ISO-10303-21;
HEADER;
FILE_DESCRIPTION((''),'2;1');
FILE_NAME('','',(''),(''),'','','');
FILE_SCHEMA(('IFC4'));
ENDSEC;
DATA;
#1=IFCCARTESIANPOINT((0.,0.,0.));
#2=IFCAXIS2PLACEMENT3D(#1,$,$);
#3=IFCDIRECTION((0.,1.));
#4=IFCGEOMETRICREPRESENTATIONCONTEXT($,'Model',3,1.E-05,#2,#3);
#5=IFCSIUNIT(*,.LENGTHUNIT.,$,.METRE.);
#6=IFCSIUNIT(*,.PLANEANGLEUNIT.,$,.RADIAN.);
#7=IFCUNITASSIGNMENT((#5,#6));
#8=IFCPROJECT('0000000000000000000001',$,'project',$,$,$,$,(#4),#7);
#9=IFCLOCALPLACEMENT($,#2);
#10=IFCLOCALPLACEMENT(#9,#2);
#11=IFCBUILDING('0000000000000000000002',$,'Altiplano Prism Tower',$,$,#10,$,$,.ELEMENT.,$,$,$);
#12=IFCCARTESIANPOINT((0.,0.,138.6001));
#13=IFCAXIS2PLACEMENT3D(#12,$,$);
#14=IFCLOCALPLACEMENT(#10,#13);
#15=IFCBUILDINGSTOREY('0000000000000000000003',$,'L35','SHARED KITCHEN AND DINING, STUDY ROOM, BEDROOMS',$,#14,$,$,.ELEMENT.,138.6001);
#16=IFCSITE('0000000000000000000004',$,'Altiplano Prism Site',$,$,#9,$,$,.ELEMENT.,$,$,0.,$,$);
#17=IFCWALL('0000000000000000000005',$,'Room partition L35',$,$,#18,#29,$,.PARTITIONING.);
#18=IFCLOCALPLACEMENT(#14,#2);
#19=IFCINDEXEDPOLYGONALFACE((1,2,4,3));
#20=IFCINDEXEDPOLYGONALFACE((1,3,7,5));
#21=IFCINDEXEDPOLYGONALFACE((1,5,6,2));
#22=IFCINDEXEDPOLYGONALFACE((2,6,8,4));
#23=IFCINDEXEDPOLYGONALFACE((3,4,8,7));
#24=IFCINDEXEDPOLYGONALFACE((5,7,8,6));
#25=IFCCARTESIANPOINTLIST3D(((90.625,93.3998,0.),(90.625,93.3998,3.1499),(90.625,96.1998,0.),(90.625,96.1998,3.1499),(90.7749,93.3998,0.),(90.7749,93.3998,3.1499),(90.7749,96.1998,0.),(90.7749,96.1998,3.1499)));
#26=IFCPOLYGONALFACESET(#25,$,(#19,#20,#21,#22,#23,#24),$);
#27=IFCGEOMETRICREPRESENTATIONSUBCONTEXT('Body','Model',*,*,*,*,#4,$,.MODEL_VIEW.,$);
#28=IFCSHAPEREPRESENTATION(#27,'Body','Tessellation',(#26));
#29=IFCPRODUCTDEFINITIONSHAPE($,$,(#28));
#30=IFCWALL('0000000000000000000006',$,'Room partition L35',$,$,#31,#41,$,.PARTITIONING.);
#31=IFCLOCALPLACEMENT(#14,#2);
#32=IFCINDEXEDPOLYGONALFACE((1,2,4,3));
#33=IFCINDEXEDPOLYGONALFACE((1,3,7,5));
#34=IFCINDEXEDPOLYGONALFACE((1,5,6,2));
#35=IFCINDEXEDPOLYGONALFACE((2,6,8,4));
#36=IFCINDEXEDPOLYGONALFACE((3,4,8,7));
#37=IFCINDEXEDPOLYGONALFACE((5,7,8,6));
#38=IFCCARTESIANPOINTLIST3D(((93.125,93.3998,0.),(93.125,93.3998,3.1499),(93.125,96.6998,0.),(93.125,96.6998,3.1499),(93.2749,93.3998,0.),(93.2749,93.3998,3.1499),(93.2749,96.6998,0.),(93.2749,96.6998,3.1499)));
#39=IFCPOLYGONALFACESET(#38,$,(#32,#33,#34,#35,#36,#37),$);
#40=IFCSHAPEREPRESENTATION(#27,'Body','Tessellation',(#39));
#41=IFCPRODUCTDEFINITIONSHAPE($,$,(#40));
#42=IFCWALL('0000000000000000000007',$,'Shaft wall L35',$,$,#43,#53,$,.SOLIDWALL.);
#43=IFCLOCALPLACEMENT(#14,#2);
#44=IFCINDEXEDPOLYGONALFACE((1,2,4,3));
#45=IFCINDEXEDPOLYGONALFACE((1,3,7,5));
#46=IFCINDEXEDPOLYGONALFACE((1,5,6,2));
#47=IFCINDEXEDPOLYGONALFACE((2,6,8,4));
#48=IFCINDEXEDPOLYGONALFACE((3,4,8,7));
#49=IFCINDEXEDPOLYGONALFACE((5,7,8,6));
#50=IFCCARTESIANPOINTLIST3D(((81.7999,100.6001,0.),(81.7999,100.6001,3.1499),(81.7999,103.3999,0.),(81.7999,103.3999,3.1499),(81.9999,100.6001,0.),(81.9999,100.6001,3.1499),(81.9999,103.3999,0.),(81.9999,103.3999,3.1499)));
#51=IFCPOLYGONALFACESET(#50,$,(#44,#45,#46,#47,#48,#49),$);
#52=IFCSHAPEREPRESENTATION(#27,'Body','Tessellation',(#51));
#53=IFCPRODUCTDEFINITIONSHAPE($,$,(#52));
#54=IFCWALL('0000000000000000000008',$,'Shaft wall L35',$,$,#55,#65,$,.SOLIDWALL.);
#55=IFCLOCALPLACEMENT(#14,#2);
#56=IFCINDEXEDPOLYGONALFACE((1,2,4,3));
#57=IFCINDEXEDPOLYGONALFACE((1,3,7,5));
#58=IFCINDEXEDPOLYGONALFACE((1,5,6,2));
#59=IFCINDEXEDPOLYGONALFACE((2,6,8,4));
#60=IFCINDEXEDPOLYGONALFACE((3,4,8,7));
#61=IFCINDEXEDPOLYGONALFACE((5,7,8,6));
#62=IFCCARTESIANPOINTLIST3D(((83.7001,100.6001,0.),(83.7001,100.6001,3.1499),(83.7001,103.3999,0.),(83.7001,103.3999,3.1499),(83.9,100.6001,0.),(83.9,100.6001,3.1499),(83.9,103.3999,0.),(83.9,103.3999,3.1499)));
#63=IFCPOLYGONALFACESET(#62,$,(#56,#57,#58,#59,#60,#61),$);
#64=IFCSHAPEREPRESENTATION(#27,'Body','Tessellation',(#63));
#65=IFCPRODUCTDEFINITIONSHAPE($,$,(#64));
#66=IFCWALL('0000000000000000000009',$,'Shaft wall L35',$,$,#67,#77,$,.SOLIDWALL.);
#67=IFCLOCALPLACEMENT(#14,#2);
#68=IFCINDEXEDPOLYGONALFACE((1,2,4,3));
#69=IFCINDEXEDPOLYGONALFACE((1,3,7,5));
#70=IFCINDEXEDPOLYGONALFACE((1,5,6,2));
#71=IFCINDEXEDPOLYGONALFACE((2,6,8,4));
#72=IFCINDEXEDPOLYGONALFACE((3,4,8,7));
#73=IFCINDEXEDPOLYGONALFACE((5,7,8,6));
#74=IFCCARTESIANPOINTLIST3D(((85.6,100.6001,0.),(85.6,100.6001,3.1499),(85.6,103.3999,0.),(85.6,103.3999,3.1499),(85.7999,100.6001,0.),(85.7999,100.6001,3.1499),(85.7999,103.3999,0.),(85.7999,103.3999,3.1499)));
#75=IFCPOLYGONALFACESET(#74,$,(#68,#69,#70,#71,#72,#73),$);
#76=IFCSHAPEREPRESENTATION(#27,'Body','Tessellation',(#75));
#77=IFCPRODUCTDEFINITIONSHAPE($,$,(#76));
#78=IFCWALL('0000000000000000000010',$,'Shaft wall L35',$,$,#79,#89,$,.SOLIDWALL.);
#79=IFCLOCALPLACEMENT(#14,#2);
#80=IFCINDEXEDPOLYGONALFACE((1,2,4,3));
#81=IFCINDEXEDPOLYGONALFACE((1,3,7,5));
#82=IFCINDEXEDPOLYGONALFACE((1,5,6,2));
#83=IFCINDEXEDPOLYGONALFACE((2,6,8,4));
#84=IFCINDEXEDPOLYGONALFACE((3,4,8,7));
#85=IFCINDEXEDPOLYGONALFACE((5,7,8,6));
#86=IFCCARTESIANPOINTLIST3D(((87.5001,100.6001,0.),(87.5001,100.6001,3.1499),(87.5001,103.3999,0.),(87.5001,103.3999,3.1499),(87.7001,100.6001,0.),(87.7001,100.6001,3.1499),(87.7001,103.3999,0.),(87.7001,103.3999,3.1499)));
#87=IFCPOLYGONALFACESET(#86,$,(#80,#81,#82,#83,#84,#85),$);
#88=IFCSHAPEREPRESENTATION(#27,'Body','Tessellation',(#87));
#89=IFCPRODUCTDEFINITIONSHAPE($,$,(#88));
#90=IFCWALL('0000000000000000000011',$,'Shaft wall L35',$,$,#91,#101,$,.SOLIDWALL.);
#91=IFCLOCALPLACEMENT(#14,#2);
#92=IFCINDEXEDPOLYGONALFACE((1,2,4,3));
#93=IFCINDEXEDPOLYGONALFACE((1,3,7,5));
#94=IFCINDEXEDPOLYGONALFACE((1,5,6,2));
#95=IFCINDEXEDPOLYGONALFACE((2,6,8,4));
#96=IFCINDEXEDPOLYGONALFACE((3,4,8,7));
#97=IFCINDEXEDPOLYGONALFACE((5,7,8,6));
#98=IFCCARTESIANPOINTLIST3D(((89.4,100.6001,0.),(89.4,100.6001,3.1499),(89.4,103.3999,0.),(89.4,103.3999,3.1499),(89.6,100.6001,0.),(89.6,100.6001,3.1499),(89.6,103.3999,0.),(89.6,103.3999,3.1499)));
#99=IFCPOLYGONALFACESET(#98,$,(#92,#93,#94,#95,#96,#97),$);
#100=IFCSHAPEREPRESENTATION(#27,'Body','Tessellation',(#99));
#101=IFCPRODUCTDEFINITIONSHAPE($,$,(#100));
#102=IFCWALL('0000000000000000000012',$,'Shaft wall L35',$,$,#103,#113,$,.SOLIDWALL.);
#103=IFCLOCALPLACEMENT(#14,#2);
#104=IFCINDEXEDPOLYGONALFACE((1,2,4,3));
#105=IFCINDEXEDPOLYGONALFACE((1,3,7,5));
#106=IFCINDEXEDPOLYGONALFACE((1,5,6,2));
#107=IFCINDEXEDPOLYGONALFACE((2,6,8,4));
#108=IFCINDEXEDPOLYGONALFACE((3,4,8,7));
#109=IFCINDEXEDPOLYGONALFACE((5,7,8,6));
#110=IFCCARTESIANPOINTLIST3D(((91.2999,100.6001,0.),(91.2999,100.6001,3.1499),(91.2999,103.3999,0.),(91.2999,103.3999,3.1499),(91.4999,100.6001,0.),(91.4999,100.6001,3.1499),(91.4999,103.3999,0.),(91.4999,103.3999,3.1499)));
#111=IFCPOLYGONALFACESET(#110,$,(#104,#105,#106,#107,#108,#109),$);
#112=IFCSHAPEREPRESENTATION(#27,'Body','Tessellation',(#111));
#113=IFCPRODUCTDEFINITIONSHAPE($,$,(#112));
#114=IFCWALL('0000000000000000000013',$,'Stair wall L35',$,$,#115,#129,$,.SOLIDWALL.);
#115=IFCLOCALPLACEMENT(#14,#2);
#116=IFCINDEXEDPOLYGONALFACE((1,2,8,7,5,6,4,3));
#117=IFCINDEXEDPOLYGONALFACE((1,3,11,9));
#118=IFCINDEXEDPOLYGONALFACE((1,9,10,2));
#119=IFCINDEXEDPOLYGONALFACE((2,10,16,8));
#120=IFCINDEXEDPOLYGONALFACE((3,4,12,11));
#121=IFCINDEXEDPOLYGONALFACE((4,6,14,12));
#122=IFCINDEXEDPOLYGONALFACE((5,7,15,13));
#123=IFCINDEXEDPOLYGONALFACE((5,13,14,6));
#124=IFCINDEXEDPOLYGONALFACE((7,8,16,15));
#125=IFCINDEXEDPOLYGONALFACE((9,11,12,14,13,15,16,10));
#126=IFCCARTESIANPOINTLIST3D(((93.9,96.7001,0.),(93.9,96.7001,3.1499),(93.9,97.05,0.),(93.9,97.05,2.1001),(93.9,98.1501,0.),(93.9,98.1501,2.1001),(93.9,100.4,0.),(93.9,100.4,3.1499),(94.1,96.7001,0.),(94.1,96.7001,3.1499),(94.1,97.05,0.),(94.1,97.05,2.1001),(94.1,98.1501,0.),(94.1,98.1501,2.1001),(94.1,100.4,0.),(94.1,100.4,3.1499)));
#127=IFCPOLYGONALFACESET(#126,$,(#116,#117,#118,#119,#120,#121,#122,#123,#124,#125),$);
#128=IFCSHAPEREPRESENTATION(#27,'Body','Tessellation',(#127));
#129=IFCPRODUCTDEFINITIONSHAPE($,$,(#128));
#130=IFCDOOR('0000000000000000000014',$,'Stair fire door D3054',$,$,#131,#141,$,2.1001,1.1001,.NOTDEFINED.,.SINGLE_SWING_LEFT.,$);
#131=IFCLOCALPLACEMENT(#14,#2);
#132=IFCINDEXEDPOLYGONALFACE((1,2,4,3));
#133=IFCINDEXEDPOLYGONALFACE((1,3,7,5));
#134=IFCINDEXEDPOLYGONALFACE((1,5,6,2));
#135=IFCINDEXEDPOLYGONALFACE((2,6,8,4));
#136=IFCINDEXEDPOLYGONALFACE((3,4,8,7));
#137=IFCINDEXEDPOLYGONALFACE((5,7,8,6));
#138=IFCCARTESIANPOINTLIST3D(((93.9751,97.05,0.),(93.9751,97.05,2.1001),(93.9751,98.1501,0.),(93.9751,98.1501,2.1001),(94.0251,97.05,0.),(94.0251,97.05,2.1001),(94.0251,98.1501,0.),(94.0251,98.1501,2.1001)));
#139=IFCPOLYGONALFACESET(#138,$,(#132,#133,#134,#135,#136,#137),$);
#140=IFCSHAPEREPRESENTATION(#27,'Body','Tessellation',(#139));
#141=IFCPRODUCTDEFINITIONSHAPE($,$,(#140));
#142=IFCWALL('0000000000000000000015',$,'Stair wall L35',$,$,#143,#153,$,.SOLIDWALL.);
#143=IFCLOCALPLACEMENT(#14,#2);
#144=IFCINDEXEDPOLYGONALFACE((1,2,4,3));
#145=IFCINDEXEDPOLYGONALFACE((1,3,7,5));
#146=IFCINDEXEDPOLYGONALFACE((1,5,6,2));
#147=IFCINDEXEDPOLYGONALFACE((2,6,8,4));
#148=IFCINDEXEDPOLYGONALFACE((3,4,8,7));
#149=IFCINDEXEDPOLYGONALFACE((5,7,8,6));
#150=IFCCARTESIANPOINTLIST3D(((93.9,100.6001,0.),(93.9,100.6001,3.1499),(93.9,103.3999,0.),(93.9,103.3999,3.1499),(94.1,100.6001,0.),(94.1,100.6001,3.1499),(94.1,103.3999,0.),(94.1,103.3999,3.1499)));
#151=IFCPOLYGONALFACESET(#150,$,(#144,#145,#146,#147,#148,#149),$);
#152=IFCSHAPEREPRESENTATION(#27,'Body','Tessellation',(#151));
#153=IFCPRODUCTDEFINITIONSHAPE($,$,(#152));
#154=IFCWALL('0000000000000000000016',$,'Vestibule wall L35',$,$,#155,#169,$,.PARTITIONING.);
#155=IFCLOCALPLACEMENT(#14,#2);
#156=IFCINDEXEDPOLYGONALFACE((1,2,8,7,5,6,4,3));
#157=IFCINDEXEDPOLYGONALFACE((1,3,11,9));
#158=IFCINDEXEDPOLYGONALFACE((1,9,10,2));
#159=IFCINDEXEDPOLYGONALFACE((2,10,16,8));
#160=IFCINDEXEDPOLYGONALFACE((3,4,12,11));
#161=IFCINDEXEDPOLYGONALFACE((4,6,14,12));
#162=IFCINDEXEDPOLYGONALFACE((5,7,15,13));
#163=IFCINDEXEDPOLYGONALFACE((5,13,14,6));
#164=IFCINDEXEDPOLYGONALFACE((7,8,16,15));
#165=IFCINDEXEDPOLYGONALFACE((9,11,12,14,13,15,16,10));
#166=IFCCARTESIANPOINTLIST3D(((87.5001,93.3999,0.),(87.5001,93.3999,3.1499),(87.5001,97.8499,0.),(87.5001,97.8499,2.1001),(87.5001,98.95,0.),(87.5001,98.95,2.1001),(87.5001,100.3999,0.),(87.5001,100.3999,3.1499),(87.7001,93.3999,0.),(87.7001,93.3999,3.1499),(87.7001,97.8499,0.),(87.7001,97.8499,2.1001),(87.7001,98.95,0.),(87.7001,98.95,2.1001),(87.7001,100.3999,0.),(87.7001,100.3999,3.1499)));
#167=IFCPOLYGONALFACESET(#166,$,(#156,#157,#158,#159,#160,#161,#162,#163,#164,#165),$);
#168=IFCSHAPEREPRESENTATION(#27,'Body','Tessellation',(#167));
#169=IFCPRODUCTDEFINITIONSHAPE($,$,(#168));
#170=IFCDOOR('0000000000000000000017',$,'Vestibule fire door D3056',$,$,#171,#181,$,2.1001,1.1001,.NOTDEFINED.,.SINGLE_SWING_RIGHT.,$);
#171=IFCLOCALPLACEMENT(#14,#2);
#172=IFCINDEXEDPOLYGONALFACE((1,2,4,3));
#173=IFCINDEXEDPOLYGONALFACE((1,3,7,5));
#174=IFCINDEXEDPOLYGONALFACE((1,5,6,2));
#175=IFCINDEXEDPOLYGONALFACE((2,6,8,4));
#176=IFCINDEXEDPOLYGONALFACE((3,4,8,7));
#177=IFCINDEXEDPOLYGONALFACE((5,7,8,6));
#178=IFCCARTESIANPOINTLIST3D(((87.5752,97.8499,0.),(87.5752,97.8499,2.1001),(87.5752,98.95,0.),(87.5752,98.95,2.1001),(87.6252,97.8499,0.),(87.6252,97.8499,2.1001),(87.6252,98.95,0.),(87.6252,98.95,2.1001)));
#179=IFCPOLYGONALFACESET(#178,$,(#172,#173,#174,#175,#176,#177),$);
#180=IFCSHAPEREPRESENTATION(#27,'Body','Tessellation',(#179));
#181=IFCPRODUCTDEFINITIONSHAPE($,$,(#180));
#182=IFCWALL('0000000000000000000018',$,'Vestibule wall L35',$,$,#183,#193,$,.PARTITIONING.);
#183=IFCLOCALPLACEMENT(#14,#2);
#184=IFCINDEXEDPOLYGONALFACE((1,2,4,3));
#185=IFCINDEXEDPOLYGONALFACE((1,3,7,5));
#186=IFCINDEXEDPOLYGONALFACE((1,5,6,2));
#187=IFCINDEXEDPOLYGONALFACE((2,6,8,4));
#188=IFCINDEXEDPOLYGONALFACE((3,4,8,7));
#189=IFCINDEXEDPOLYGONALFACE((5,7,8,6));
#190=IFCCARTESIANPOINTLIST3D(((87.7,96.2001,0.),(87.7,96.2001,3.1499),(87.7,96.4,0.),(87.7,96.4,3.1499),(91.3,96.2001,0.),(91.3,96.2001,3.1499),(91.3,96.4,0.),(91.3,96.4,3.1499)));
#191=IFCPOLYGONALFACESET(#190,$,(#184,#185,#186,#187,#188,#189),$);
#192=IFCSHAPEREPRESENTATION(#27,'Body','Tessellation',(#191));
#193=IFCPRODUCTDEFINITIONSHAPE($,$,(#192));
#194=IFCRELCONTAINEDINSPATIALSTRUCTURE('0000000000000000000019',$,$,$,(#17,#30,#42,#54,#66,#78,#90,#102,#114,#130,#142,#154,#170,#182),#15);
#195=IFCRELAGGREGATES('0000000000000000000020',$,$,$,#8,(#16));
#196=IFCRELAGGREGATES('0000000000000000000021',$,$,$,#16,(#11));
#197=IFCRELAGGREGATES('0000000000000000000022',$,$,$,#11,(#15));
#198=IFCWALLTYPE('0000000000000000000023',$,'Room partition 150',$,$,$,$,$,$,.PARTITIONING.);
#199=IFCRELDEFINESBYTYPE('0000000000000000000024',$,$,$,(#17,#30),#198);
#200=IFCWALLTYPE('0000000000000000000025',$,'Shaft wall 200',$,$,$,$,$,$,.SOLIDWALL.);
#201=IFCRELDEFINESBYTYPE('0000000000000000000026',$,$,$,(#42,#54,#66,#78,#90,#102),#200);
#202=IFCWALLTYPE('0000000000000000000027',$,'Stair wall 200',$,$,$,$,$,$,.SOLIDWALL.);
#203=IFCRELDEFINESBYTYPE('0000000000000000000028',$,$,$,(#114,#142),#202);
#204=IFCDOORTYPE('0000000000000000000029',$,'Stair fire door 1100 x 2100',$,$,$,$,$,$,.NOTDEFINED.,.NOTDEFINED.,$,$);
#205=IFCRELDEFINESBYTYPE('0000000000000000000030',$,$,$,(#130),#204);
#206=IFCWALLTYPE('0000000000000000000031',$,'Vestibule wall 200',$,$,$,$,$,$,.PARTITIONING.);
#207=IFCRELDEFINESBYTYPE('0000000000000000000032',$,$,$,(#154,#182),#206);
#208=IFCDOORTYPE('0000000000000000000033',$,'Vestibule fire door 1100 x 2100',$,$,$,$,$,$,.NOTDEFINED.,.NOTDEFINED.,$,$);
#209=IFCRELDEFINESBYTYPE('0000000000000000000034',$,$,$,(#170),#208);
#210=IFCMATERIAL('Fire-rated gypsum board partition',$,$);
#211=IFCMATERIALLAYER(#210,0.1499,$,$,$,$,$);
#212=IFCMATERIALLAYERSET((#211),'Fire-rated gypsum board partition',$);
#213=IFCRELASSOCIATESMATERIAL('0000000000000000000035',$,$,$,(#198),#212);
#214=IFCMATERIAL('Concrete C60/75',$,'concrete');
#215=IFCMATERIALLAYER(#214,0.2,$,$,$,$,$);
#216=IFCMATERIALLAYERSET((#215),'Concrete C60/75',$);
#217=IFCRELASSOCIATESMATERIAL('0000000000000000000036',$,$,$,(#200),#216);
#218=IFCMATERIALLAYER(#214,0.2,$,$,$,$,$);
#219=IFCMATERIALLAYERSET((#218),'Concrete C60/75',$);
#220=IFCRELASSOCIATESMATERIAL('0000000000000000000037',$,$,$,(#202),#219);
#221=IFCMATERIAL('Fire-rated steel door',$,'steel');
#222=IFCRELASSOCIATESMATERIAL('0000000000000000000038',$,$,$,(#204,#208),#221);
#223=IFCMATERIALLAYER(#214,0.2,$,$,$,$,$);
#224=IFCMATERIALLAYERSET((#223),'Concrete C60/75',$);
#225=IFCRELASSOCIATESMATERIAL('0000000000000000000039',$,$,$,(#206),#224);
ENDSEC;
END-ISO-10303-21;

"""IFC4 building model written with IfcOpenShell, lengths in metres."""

from ifc_helpers import new_model, si_unit, direction, frame, frame_2d, origin, place, context, subcontext, project, spatial, rectangle, extrude, material, layer, layer_set, type_object, element, fill, save


model = new_model("IFC4")

# Units and contexts
model_context = context("Model", 3, precision=1e-05, world=origin(), true_north=direction((0.0, 1.0)))
body_context = subcontext(model_context, "Body", "Model", "MODEL_VIEW")
ifc_project = project(units=[si_unit("LENGTHUNIT", "METRE"), si_unit("PLANEANGLEUNIT", "RADIAN")], contexts=[model_context])

# Site, building, storey
site_placement = place(None, origin())
site = spatial("IfcSite", under=ifc_project, at=site_placement, Name="Altiplano Prism Site", CompositionType="ELEMENT", RefElevation=0.0)
building_placement = place(site_placement, origin())
building = spatial("IfcBuilding", under=site, at=building_placement, Name="Altiplano Prism Tower", CompositionType="ELEMENT")
storey_placement = place(building_placement, frame((0.0, 0.0, 138.6001)))
storey = spatial("IfcBuildingStorey", under=building, at=storey_placement, Name="L35", Description="SHARED KITCHEN AND DINING, STUDY ROOM, BEDROOMS", CompositionType="ELEMENT", Elevation=138.6001)

# Walls
ifc_material_1 = material(Name="Fire-rated gypsum board partition")
ifc_layer_1 = layer(ifc_material_1, 0.1499)
ifc_layer_set_1 = layer_set([ifc_layer_1], Name="Fire-rated gypsum board partition")
wall_type_1 = type_object("IfcWallType", Name="Room partition 150", PredefinedType="PARTITIONING", material=ifc_layer_set_1)
wall_1_placement = place(storey_placement, frame((90.7, 93.3999, 0.0), z_axis=(0.0, 0.0, 1.0), x_axis=(0.0, 1.0, 0.0)))
element("IfcWall", 1, at=wall_1_placement, inside=storey, type_object=wall_type_1, Name="Room partition L35", PredefinedType="PARTITIONING", context=body_context, shape_type="SweptSolid", body=[
    extrude(rectangle(XDim=2.8, YDim=0.1499, at=frame_2d((1.3999, 0.0))), origin(), (0.0, 0.0, 1.0), 3.1499),
])
wall_2_placement = place(storey_placement, frame((93.2, 93.3999, 0.0), z_axis=(0.0, 0.0, 1.0), x_axis=(0.0, 1.0, 0.0)))
element("IfcWall", 2, at=wall_2_placement, inside=storey, type_object=wall_type_1, Name="Room partition L35", PredefinedType="PARTITIONING", context=body_context, shape_type="SweptSolid", body=[
    extrude(rectangle(XDim=3.3, YDim=0.1499, at=frame_2d((1.6499, 0.0))), origin(), (0.0, 0.0, 1.0), 3.1499),
])
ifc_material_2 = material(Name="Concrete C60/75", Category="concrete")
ifc_layer_2 = layer(ifc_material_2, 0.2)
ifc_layer_set_2 = layer_set([ifc_layer_2], Name="Concrete C60/75")
wall_type_2 = type_object("IfcWallType", Name="Shaft wall 200", PredefinedType="SOLIDWALL", material=ifc_layer_set_2)
for number, where, z_axis, x_axis, name in (
    (3, (81.8999, 100.6001, 0.0), (0.0, 0.0, 1.0), (0.0, 1.0, 0.0), "Shaft wall L35"),
    (4, (83.8, 100.6001, 0.0), (0.0, 0.0, 1.0), (0.0, 1.0, 0.0), "Shaft wall L35"),
    (5, (85.7, 100.6001, 0.0), (0.0, 0.0, 1.0), (0.0, 1.0, 0.0), "Shaft wall L35"),
    (6, (87.6001, 100.6001, 0.0), (0.0, 0.0, 1.0), (0.0, 1.0, 0.0), "Shaft wall L35"),
    (7, (89.5, 100.6001, 0.0), (0.0, 0.0, 1.0), (0.0, 1.0, 0.0), "Shaft wall L35"),
    (8, (91.3999, 100.6001, 0.0), (0.0, 0.0, 1.0), (0.0, 1.0, 0.0), "Shaft wall L35"),
):
    element("IfcWall", number, at=place(storey_placement, frame(where, z_axis=z_axis, x_axis=x_axis)), inside=storey, type_object=wall_type_2, Name=name, PredefinedType="SOLIDWALL", context=body_context, shape_type="SweptSolid", body=[
        extrude(rectangle(XDim=2.7998, YDim=0.2, at=frame_2d((1.3999, 0.0))), origin(), (0.0, 0.0, 1.0), 3.1499),
    ])

# Wall, opening, door
ifc_layer_3 = layer(ifc_material_2, 0.2)
ifc_layer_set_3 = layer_set([ifc_layer_3], Name="Concrete C60/75")
wall_type_3 = type_object("IfcWallType", Name="Stair wall 200", PredefinedType="SOLIDWALL", material=ifc_layer_set_3)
wall_3_placement = place(storey_placement, frame((94.0, 96.7, 0.0), z_axis=(0.0, 0.0, 1.0), x_axis=(0.0, 1.0, 0.0)))
wall_3 = element("IfcWall", 9, at=wall_3_placement, inside=storey, type_object=wall_type_3, Name="Stair wall L35", PredefinedType="SOLIDWALL", context=body_context, shape_type="SweptSolid", body=[
    extrude(rectangle(XDim=3.7, YDim=0.2, at=frame_2d((1.8501, 0.0))), origin(), (0.0, 0.0, 1.0), 3.1499),
])
opening_1_placement = place(wall_3_placement, frame((0.3501, 0.0, 0.0)))
opening_1 = element("IfcOpeningElement", 10, at=opening_1_placement, cuts=wall_3, PredefinedType="OPENING", context=body_context, shape_type="SweptSolid", body=[
    extrude(rectangle(XDim=1.1001, YDim=2.1001, at=frame_2d((0.55, 1.05))), frame((0.0, 0.1104, 0.0), z_axis=(0.0, -1.0, 0.0), x_axis=(1.0, 0.0, 0.0)), (0.0, 0.0, 1.0), 0.2209),
])
ifc_material_3 = material(Name="Fire-rated steel door", Category="steel")
door_type_1 = type_object("IfcDoorType", Name="Stair fire door 1100 x 2100", OperationType="NOTDEFINED", PredefinedType="NOTDEFINED", material=ifc_material_3)
door_1_placement = place(opening_1_placement, origin())
door_1 = element("IfcDoor", 11, at=door_1_placement, inside=storey, type_object=door_type_1, Name="Stair fire door D3054", OperationType="SINGLE_SWING_LEFT", OverallHeight=2.1001, OverallWidth=1.1001, PredefinedType="NOTDEFINED", context=body_context, shape_type="SweptSolid", body=[
    extrude(rectangle(XDim=1.1001, YDim=2.1001, at=frame_2d((0.55, 1.05))), frame((0.0, 0.0249, 0.0), z_axis=(0.0, -1.0, 0.0), x_axis=(1.0, 0.0, 0.0)), (0.0, 0.0, 1.0), 0.05),
])
fill(opening_1, door_1)

# Wall
wall_4_placement = place(storey_placement, frame((94.0, 100.6001, 0.0), z_axis=(0.0, 0.0, 1.0), x_axis=(0.0, 1.0, 0.0)))
element("IfcWall", 12, at=wall_4_placement, inside=storey, type_object=wall_type_3, Name="Stair wall L35", PredefinedType="SOLIDWALL", context=body_context, shape_type="SweptSolid", body=[
    extrude(rectangle(XDim=2.7998, YDim=0.2, at=frame_2d((1.3999, 0.0))), origin(), (0.0, 0.0, 1.0), 3.1499),
])

# Wall, opening, door
ifc_layer_4 = layer(ifc_material_2, 0.2)
ifc_layer_set_4 = layer_set([ifc_layer_4], Name="Concrete C60/75")
wall_type_4 = type_object("IfcWallType", Name="Vestibule wall 200", PredefinedType="PARTITIONING", material=ifc_layer_set_4)
wall_5_placement = place(storey_placement, frame((87.6001, 93.3999, 0.0), z_axis=(0.0, 0.0, 1.0), x_axis=(0.0, 1.0, 0.0)))
wall_5 = element("IfcWall", 13, at=wall_5_placement, inside=storey, type_object=wall_type_4, Name="Vestibule wall L35", PredefinedType="PARTITIONING", context=body_context, shape_type="SweptSolid", body=[
    extrude(rectangle(XDim=7.0, YDim=0.2, at=frame_2d((3.5, 0.0))), origin(), (0.0, 0.0, 1.0), 3.1499),
])
opening_2_placement = place(wall_5_placement, frame((4.45, 0.0, 0.0)))
opening_2 = element("IfcOpeningElement", 14, at=opening_2_placement, cuts=wall_5, PredefinedType="OPENING", context=body_context, shape_type="SweptSolid", body=[
    extrude(rectangle(XDim=1.1001, YDim=2.1001, at=frame_2d((0.55, 1.05))), frame((0.0, 0.1104, 0.0), z_axis=(0.0, -1.0, 0.0), x_axis=(1.0, 0.0, 0.0)), (0.0, 0.0, 1.0), 0.2209),
])
door_type_2 = type_object("IfcDoorType", Name="Vestibule fire door 1100 x 2100", OperationType="NOTDEFINED", PredefinedType="NOTDEFINED", material=ifc_material_3)
door_2_placement = place(opening_2_placement, origin())
door_2 = element("IfcDoor", 15, at=door_2_placement, inside=storey, type_object=door_type_2, Name="Vestibule fire door D3056", OperationType="SINGLE_SWING_RIGHT", OverallHeight=2.1001, OverallWidth=1.1001, PredefinedType="NOTDEFINED", context=body_context, shape_type="SweptSolid", body=[
    extrude(rectangle(XDim=1.1001, YDim=2.1001, at=frame_2d((0.55, 1.05))), frame((0.0, 0.0249, 0.0), z_axis=(0.0, -1.0, 0.0), x_axis=(1.0, 0.0, 0.0)), (0.0, 0.0, 1.0), 0.05),
])
fill(opening_2, door_2)

# Wall
wall_6_placement = place(storey_placement, frame((87.7, 96.3, 0.0), z_axis=(0.0, 0.0, 1.0), x_axis=(1.0, 0.0, 0.0)))
element("IfcWall", 16, at=wall_6_placement, inside=storey, type_object=wall_type_4, Name="Vestibule wall L35", PredefinedType="PARTITIONING", context=body_context, shape_type="SweptSolid", body=[
    extrude(rectangle(XDim=3.6001, YDim=0.2, at=frame_2d((1.8, 0.0))), origin(), (0.0, 0.0, 1.0), 3.1499),
])

save(model, "model.ifc")
